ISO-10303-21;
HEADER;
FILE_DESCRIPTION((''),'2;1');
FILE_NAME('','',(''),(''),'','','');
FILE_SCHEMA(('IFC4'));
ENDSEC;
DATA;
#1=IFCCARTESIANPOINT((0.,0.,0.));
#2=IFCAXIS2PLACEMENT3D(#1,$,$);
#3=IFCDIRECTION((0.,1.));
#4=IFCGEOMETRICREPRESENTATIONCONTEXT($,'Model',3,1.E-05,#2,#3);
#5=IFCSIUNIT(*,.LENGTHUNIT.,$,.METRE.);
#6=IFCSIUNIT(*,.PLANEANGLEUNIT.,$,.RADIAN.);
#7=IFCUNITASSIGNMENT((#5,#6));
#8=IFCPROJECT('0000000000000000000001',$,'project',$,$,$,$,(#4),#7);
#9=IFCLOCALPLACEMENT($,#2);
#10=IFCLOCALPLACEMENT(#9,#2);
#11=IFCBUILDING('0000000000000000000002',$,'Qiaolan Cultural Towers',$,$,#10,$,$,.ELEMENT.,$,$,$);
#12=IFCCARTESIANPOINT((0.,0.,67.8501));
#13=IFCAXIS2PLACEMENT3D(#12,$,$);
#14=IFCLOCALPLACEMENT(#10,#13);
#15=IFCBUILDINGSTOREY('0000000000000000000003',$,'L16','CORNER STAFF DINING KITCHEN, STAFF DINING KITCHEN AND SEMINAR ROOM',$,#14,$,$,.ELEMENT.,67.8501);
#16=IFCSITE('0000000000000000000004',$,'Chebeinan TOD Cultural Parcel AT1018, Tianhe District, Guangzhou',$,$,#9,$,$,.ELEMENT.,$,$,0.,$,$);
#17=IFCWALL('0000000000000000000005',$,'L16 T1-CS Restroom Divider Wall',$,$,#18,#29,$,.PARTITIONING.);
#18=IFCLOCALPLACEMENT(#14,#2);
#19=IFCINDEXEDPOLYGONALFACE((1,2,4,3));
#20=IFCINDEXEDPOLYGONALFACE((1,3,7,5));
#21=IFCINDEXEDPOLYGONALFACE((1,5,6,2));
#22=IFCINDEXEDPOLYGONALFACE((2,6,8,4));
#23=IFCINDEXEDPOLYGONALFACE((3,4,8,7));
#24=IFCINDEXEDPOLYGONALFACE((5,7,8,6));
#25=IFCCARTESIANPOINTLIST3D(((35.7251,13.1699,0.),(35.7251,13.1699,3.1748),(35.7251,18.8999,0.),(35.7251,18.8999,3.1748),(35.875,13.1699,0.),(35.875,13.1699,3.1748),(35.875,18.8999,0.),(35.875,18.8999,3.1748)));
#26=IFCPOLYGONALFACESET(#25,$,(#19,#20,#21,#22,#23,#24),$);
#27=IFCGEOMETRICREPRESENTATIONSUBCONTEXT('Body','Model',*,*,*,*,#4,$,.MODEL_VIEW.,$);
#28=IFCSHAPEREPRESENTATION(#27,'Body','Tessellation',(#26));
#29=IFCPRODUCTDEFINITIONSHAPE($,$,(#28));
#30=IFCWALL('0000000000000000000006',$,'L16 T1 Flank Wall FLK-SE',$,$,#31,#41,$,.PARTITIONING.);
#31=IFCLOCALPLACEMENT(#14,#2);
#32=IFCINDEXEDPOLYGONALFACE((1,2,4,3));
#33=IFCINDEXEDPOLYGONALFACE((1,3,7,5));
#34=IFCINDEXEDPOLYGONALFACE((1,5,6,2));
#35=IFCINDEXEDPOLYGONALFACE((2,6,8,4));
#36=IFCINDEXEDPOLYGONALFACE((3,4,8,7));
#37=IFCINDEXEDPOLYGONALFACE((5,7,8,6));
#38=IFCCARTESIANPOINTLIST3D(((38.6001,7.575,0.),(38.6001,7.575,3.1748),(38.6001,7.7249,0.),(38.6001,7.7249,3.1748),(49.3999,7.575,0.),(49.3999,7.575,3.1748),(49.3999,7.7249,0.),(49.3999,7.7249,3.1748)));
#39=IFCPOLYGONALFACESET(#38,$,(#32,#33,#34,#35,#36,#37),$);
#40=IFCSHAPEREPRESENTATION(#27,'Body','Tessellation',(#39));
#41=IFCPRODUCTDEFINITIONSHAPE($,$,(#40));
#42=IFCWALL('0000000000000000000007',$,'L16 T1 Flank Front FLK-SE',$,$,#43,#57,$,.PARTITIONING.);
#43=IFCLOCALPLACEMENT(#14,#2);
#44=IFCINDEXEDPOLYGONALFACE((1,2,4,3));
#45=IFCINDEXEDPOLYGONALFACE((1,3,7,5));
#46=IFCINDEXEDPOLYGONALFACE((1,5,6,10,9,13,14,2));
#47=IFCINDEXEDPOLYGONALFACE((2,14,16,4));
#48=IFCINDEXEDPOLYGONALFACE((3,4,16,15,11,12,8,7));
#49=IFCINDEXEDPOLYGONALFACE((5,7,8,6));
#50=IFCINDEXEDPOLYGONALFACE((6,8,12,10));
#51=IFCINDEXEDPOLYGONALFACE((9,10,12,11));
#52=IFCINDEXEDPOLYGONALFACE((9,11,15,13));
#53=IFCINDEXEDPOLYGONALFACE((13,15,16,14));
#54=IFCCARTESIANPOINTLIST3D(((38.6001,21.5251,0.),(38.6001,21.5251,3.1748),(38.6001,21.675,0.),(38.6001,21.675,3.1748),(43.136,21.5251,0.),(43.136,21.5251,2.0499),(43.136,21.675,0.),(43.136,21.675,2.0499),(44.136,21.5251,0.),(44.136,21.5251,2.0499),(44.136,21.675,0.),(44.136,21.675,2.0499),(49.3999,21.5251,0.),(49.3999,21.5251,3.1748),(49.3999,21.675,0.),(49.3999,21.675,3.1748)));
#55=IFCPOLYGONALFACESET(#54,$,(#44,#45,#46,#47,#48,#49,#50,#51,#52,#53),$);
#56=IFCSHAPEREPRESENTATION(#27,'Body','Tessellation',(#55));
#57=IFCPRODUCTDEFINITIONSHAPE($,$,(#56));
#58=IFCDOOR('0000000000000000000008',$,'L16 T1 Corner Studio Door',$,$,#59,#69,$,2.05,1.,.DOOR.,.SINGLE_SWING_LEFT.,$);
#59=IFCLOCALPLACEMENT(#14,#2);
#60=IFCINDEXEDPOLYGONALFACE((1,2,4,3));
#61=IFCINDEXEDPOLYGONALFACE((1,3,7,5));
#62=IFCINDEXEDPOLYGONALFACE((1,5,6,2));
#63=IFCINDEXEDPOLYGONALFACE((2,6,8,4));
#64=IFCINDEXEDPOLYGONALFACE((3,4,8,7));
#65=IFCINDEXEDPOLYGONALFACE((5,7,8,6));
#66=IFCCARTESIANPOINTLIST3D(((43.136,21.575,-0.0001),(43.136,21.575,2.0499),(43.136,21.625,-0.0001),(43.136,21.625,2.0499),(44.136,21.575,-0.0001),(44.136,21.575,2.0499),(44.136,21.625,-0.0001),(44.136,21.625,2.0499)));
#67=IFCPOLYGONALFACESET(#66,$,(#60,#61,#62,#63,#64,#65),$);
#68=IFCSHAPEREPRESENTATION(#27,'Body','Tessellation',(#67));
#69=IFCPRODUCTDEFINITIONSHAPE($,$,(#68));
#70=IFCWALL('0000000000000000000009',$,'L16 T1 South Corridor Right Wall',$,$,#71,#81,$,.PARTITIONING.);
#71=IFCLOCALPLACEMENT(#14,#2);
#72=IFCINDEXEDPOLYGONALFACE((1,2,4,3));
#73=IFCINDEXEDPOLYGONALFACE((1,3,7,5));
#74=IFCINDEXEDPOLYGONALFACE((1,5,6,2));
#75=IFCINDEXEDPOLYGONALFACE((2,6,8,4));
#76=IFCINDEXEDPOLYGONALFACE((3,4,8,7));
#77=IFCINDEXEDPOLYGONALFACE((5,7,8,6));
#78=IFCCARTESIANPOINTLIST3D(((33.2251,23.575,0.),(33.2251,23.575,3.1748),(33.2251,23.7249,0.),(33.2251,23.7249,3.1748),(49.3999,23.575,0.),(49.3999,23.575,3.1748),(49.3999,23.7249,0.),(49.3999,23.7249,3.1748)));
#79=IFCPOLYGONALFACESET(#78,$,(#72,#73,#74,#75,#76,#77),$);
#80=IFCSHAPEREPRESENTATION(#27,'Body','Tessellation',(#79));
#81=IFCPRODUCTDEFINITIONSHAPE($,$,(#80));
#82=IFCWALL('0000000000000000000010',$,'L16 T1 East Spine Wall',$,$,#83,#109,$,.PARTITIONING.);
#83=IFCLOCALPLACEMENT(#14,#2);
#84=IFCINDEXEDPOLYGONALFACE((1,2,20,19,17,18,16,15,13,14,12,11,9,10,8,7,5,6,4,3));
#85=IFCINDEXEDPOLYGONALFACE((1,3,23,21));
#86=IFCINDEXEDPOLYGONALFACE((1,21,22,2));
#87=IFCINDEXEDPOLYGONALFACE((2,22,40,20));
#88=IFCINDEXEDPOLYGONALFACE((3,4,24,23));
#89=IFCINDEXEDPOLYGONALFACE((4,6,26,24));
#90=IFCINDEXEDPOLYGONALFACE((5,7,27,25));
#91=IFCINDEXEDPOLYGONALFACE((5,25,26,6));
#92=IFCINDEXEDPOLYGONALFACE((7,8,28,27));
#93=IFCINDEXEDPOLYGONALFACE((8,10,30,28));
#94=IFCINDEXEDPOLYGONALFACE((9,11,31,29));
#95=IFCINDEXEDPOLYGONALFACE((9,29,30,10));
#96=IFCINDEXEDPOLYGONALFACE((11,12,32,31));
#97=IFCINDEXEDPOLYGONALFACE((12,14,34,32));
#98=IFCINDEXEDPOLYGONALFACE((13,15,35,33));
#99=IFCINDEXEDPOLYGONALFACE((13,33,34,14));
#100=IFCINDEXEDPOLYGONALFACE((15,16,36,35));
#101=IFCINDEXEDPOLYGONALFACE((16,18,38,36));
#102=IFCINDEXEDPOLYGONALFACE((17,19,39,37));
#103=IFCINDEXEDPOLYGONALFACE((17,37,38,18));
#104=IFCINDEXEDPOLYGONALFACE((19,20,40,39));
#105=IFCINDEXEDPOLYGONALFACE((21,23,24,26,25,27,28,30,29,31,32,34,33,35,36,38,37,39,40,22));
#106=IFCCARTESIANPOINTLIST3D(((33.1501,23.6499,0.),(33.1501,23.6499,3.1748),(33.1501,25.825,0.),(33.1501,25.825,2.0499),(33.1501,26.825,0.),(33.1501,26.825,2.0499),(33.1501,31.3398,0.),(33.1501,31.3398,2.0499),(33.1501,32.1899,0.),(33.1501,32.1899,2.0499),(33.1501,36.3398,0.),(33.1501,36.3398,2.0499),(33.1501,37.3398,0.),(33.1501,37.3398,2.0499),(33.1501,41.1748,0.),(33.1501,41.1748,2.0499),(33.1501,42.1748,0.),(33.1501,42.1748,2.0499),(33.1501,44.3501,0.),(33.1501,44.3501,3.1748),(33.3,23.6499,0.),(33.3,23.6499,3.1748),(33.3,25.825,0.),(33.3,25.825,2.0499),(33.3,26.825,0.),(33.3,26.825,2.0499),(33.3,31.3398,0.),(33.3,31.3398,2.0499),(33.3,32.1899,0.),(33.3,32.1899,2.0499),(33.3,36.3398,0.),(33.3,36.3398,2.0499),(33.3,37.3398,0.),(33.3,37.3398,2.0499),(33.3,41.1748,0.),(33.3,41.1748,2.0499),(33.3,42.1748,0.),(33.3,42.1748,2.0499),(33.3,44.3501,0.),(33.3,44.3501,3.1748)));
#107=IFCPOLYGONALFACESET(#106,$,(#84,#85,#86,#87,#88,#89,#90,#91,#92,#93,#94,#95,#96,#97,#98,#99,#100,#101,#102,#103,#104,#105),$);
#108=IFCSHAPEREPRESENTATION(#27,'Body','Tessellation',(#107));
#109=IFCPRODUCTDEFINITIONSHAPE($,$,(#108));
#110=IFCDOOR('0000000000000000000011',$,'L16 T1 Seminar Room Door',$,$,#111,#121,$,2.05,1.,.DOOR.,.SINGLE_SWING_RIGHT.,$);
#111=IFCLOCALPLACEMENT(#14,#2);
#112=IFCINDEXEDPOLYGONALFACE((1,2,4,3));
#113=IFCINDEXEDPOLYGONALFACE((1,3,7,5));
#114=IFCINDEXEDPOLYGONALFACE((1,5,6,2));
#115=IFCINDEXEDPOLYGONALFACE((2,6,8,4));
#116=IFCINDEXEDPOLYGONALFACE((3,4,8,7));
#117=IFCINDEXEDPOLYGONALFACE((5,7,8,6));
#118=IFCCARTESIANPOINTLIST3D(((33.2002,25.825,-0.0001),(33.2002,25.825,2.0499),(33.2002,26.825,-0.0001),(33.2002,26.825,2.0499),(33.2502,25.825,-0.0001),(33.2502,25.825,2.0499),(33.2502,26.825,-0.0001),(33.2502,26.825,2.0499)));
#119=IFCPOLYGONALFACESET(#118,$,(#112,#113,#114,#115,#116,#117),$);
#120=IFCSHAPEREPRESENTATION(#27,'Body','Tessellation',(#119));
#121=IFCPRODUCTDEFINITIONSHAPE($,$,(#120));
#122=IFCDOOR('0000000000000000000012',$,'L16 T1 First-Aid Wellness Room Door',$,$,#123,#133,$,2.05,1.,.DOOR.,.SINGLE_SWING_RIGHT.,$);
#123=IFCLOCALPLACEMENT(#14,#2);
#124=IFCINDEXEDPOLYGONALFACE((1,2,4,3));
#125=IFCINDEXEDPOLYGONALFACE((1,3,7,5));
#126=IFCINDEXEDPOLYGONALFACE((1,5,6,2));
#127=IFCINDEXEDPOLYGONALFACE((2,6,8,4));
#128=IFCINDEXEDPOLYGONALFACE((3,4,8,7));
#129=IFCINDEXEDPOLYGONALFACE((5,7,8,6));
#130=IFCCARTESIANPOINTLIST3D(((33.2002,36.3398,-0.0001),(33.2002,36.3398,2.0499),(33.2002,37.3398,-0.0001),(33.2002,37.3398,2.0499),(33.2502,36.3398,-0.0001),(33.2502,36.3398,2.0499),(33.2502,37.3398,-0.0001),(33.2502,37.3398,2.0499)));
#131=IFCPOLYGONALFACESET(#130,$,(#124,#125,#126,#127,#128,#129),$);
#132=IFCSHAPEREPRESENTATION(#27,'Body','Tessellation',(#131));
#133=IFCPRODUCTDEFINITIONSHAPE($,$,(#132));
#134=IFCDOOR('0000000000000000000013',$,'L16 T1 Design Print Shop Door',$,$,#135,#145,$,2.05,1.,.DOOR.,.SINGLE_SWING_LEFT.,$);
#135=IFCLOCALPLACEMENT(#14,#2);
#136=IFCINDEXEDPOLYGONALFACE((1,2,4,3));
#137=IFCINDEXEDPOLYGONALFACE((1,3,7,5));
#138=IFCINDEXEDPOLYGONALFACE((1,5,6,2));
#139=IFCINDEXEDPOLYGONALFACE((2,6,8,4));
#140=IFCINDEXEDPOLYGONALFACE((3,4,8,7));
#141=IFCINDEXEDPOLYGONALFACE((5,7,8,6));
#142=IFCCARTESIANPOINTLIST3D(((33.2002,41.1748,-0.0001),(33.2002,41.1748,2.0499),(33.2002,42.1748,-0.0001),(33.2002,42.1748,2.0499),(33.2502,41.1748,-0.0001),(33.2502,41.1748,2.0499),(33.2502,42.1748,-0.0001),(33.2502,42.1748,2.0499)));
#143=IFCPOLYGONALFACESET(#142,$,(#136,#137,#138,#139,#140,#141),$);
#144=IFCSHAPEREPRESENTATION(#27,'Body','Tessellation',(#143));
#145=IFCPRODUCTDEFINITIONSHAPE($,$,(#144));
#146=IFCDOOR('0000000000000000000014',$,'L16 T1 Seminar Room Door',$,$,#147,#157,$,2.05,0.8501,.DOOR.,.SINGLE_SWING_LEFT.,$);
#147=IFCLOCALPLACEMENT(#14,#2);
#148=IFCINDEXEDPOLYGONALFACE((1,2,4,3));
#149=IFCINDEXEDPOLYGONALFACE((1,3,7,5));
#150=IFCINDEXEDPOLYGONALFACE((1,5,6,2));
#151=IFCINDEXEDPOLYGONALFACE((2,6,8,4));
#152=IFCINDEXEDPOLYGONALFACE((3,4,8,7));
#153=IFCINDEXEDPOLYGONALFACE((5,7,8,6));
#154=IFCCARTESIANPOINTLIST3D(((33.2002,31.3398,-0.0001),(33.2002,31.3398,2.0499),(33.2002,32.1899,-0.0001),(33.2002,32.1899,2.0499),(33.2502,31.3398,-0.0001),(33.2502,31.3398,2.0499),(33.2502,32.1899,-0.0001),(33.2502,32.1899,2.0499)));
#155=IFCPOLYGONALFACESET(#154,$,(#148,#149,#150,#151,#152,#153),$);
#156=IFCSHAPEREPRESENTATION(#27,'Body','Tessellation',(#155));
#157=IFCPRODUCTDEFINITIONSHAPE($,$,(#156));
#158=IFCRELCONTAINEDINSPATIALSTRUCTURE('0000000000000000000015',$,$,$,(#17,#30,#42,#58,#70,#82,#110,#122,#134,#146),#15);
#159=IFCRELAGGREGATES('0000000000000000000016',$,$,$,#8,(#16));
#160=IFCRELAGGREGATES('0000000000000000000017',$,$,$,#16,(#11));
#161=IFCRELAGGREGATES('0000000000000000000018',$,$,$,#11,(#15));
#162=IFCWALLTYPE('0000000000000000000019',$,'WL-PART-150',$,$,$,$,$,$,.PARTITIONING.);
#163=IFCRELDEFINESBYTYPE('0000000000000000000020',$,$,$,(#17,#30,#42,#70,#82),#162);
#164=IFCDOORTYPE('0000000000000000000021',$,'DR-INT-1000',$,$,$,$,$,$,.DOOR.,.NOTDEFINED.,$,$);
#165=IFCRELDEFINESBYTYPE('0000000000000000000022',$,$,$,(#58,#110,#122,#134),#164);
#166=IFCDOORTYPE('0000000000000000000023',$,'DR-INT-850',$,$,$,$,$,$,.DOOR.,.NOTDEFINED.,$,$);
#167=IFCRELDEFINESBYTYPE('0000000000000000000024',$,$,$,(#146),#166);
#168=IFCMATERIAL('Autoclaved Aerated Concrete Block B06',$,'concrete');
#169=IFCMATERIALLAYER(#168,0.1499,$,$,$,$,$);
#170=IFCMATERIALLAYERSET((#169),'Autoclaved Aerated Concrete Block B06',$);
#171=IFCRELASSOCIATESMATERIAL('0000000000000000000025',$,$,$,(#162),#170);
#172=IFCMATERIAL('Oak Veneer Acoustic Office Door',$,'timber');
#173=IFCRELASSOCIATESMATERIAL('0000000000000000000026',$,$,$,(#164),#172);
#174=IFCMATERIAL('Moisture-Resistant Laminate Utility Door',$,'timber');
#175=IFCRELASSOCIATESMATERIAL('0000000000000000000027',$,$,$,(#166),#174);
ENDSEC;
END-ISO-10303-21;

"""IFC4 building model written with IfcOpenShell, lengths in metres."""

from ifc_helpers import new_model, si_unit, direction, frame, frame_2d, origin, place, context, subcontext, project, spatial, rectangle, extrude, material, layer, layer_set, type_object, element, fill, save


model = new_model("IFC4")

# Units and contexts
model_context = context("Model", 3, precision=1e-05, world=origin(), true_north=direction((0.0, 1.0)))
body_context = subcontext(model_context, "Body", "Model", "MODEL_VIEW")
ifc_project = project(units=[si_unit("LENGTHUNIT", "METRE"), si_unit("PLANEANGLEUNIT", "RADIAN")], contexts=[model_context])

# Site, building, storey
site_placement = place(None, origin())
site = spatial("IfcSite", under=ifc_project, at=site_placement, Name="Chebeinan TOD Cultural Parcel AT1018, Tianhe District, Guangzhou", CompositionType="ELEMENT", RefElevation=0.0)
building_placement = place(site_placement, origin())
building = spatial("IfcBuilding", under=site, at=building_placement, Name="Qiaolan Cultural Towers", CompositionType="ELEMENT")
storey_placement = place(building_placement, frame((0.0, 0.0, 67.8501)))
storey = spatial("IfcBuildingStorey", under=building, at=storey_placement, Name="L16", Description="CORNER STAFF DINING KITCHEN, STAFF DINING KITCHEN AND SEMINAR ROOM", CompositionType="ELEMENT", Elevation=67.8501)

# Shared definitions
ifc_material_1 = material(Name="Autoclaved Aerated Concrete Block B06", Category="concrete")
ifc_layer_1 = layer(ifc_material_1, 0.1499)
ifc_layer_set_1 = layer_set([ifc_layer_1], Name="Autoclaved Aerated Concrete Block B06")
wall_type_1 = type_object("IfcWallType", Name="WL-PART-150", PredefinedType="PARTITIONING", material=ifc_layer_set_1)

# Walls
wall_1_placement = place(storey_placement, frame((35.8, 18.8999, 0.0), z_axis=(0.0, 0.0, 1.0), x_axis=(0.0, -1.0, 0.0)))
element("IfcWall", 1, at=wall_1_placement, inside=storey, type_object=wall_type_1, Name="L16 T1-CS Restroom Divider Wall", PredefinedType="PARTITIONING", context=body_context, shape_type="SweptSolid", body=[
    extrude(rectangle(XDim=5.73, YDim=0.1499, at=frame_2d((2.865, 0.0))), origin(), (0.0, 0.0, 1.0), 3.1748),
])
wall_2_placement = place(storey_placement, frame((38.6001, 7.6499, 0.0), z_axis=(0.0, 0.0, 1.0), x_axis=(1.0, 0.0, 0.0)))
element("IfcWall", 2, at=wall_2_placement, inside=storey, type_object=wall_type_1, Name="L16 T1 Flank Wall FLK-SE", PredefinedType="PARTITIONING", context=body_context, shape_type="SweptSolid", body=[
    extrude(rectangle(XDim=10.7998, YDim=0.1499, at=frame_2d((5.3999, 0.0))), origin(), (0.0, 0.0, 1.0), 3.1748),
])

# Wall, opening, door
wall_3_placement = place(storey_placement, frame((38.6001, 21.6001, 0.0), z_axis=(0.0, 0.0, 1.0), x_axis=(1.0, 0.0, 0.0)))
wall_3 = element("IfcWall", 3, at=wall_3_placement, inside=storey, type_object=wall_type_1, Name="L16 T1 Flank Front FLK-SE", PredefinedType="PARTITIONING", context=body_context, shape_type="SweptSolid", body=[
    extrude(rectangle(XDim=10.7998, YDim=0.1499, at=frame_2d((5.3999, 0.0))), origin(), (0.0, 0.0, 1.0), 3.1748),
])
opening_1_placement = place(wall_3_placement, frame((4.5359, 0.0, 0.0)))
opening_1 = element("IfcOpeningElement", 4, at=opening_1_placement, cuts=wall_3, PredefinedType="OPENING", context=body_context, shape_type="SweptSolid", body=[
    extrude(rectangle(XDim=1.0, YDim=2.05, at=frame_2d((0.5, 1.0249))), frame((0.0, 0.085, 0.0), z_axis=(0.0, -1.0, 0.0), x_axis=(1.0, 0.0, 0.0)), (0.0, 0.0, 1.0), 0.1699),
])
ifc_material_2 = material(Name="Oak Veneer Acoustic Office Door", Category="timber")
door_type_1 = type_object("IfcDoorType", Name="DR-INT-1000", OperationType="NOTDEFINED", PredefinedType="DOOR", material=ifc_material_2)
door_1_placement = place(opening_1_placement, origin())
door_1 = element("IfcDoor", 5, at=door_1_placement, inside=storey, type_object=door_type_1, Name="L16 T1 Corner Studio Door", OperationType="SINGLE_SWING_LEFT", OverallHeight=2.05, OverallWidth=1.0, PredefinedType="DOOR", context=body_context, shape_type="SweptSolid", body=[
    extrude(rectangle(XDim=1.0, YDim=2.05, at=frame_2d((0.5, 1.0249))), frame((0.0, 0.0249, 0.0), z_axis=(0.0, -1.0, 0.0), x_axis=(1.0, 0.0, 0.0)), (0.0, 0.0, 1.0), 0.05),
])
fill(opening_1, door_1)

# Wall
wall_4_placement = place(storey_placement, frame((33.2251, 23.6499, 0.0), z_axis=(0.0, 0.0, 1.0), x_axis=(1.0, 0.0, 0.0)))
element("IfcWall", 6, at=wall_4_placement, inside=storey, type_object=wall_type_1, Name="L16 T1 South Corridor Right Wall", PredefinedType="PARTITIONING", context=body_context, shape_type="SweptSolid", body=[
    extrude(rectangle(XDim=16.1748, YDim=0.1499, at=frame_2d((8.0874, 0.0))), origin(), (0.0, 0.0, 1.0), 3.1748),
])

# Wall, openings, doors
wall_5_placement = place(storey_placement, frame((33.2251, 23.6499, 0.0), z_axis=(0.0, 0.0, 1.0), x_axis=(0.0, 1.0, 0.0)))
wall_5 = element("IfcWall", 7, at=wall_5_placement, inside=storey, type_object=wall_type_1, Name="L16 T1 East Spine Wall", PredefinedType="PARTITIONING", context=body_context, shape_type="SweptSolid", body=[
    extrude(rectangle(XDim=20.7002, YDim=0.1499, at=frame_2d((10.3501, 0.0))), origin(), (0.0, 0.0, 1.0), 3.1748),
])
opening_2_placement = place(wall_5_placement, frame((2.175, 0.0, 0.0)))
opening_2 = element("IfcOpeningElement", 8, at=opening_2_placement, cuts=wall_5, PredefinedType="OPENING", context=body_context, shape_type="SweptSolid", body=[
    extrude(rectangle(XDim=1.0, YDim=2.05, at=frame_2d((0.5, 1.0249))), frame((0.0, 0.085, 0.0), z_axis=(0.0, -1.0, 0.0), x_axis=(1.0, 0.0, 0.0)), (0.0, 0.0, 1.0), 0.1699),
])
opening_3_placement = place(wall_5_placement, frame((7.6899, 0.0, 0.0)))
opening_3 = element("IfcOpeningElement", 9, at=opening_3_placement, cuts=wall_5, PredefinedType="OPENING", context=body_context, shape_type="SweptSolid", body=[
    extrude(rectangle(XDim=0.8501, YDim=2.05, at=frame_2d((0.425, 1.0249))), frame((0.0, 0.085, 0.0), z_axis=(0.0, -1.0, 0.0), x_axis=(1.0, 0.0, 0.0)), (0.0, 0.0, 1.0), 0.1699),
])
opening_4_placement = place(wall_5_placement, frame((12.6899, 0.0, 0.0)))
opening_4 = element("IfcOpeningElement", 10, at=opening_4_placement, cuts=wall_5, PredefinedType="OPENING", context=body_context, shape_type="SweptSolid", body=[
    extrude(rectangle(XDim=1.0, YDim=2.05, at=frame_2d((0.5, 1.0249))), frame((0.0, 0.085, 0.0), z_axis=(0.0, -1.0, 0.0), x_axis=(1.0, 0.0, 0.0)), (0.0, 0.0, 1.0), 0.1699),
])
opening_5_placement = place(wall_5_placement, frame((17.5249, 0.0, 0.0)))
opening_5 = element("IfcOpeningElement", 11, at=opening_5_placement, cuts=wall_5, PredefinedType="OPENING", context=body_context, shape_type="SweptSolid", body=[
    extrude(rectangle(XDim=1.0, YDim=2.05, at=frame_2d((0.5, 1.0249))), frame((0.0, 0.085, 0.0), z_axis=(0.0, -1.0, 0.0), x_axis=(1.0, 0.0, 0.0)), (0.0, 0.0, 1.0), 0.1699),
])
door_2_placement = place(opening_2_placement, origin())
door_2 = element("IfcDoor", 12, at=door_2_placement, inside=storey, type_object=door_type_1, Name="L16 T1 Seminar Room Door", OperationType="SINGLE_SWING_RIGHT", OverallHeight=2.05, OverallWidth=1.0, PredefinedType="DOOR", context=body_context, shape_type="SweptSolid", body=[
    extrude(rectangle(XDim=1.0, YDim=2.05, at=frame_2d((0.5, 1.0249))), frame((0.0, 0.0249, 0.0), z_axis=(0.0, -1.0, 0.0), x_axis=(1.0, 0.0, 0.0)), (0.0, 0.0, 1.0), 0.05),
])
fill(opening_2, door_2)
door_3_placement = place(opening_4_placement, origin())
door_3 = element("IfcDoor", 13, at=door_3_placement, inside=storey, type_object=door_type_1, Name="L16 T1 First-Aid Wellness Room Door", OperationType="SINGLE_SWING_RIGHT", OverallHeight=2.05, OverallWidth=1.0, PredefinedType="DOOR", context=body_context, shape_type="SweptSolid", body=[
    extrude(rectangle(XDim=1.0, YDim=2.05, at=frame_2d((0.5, 1.0249))), frame((0.0, 0.0249, 0.0), z_axis=(0.0, -1.0, 0.0), x_axis=(1.0, 0.0, 0.0)), (0.0, 0.0, 1.0), 0.05),
])
fill(opening_4, door_3)
door_4_placement = place(opening_5_placement, origin())
door_4 = element("IfcDoor", 14, at=door_4_placement, inside=storey, type_object=door_type_1, Name="L16 T1 Design Print Shop Door", OperationType="SINGLE_SWING_LEFT", OverallHeight=2.05, OverallWidth=1.0, PredefinedType="DOOR", context=body_context, shape_type="SweptSolid", body=[
    extrude(rectangle(XDim=1.0, YDim=2.05, at=frame_2d((0.5, 1.0249))), frame((0.0, 0.0249, 0.0), z_axis=(0.0, -1.0, 0.0), x_axis=(1.0, 0.0, 0.0)), (0.0, 0.0, 1.0), 0.05),
])
fill(opening_5, door_4)
ifc_material_3 = material(Name="Moisture-Resistant Laminate Utility Door", Category="timber")
door_type_2 = type_object("IfcDoorType", Name="DR-INT-850", OperationType="NOTDEFINED", PredefinedType="DOOR", material=ifc_material_3)
door_5_placement = place(opening_3_placement, origin())
door_5 = element("IfcDoor", 15, at=door_5_placement, inside=storey, type_object=door_type_2, Name="L16 T1 Seminar Room Door", OperationType="SINGLE_SWING_LEFT", OverallHeight=2.05, OverallWidth=0.8501, PredefinedType="DOOR", context=body_context, shape_type="SweptSolid", body=[
    extrude(rectangle(XDim=0.8501, YDim=2.05, at=frame_2d((0.425, 1.0249))), frame((0.0, 0.0249, 0.0), z_axis=(0.0, -1.0, 0.0), x_axis=(1.0, 0.0, 0.0)), (0.0, 0.0, 1.0), 0.05),
])
fill(opening_3, door_5)

save(model, "model.ifc")
